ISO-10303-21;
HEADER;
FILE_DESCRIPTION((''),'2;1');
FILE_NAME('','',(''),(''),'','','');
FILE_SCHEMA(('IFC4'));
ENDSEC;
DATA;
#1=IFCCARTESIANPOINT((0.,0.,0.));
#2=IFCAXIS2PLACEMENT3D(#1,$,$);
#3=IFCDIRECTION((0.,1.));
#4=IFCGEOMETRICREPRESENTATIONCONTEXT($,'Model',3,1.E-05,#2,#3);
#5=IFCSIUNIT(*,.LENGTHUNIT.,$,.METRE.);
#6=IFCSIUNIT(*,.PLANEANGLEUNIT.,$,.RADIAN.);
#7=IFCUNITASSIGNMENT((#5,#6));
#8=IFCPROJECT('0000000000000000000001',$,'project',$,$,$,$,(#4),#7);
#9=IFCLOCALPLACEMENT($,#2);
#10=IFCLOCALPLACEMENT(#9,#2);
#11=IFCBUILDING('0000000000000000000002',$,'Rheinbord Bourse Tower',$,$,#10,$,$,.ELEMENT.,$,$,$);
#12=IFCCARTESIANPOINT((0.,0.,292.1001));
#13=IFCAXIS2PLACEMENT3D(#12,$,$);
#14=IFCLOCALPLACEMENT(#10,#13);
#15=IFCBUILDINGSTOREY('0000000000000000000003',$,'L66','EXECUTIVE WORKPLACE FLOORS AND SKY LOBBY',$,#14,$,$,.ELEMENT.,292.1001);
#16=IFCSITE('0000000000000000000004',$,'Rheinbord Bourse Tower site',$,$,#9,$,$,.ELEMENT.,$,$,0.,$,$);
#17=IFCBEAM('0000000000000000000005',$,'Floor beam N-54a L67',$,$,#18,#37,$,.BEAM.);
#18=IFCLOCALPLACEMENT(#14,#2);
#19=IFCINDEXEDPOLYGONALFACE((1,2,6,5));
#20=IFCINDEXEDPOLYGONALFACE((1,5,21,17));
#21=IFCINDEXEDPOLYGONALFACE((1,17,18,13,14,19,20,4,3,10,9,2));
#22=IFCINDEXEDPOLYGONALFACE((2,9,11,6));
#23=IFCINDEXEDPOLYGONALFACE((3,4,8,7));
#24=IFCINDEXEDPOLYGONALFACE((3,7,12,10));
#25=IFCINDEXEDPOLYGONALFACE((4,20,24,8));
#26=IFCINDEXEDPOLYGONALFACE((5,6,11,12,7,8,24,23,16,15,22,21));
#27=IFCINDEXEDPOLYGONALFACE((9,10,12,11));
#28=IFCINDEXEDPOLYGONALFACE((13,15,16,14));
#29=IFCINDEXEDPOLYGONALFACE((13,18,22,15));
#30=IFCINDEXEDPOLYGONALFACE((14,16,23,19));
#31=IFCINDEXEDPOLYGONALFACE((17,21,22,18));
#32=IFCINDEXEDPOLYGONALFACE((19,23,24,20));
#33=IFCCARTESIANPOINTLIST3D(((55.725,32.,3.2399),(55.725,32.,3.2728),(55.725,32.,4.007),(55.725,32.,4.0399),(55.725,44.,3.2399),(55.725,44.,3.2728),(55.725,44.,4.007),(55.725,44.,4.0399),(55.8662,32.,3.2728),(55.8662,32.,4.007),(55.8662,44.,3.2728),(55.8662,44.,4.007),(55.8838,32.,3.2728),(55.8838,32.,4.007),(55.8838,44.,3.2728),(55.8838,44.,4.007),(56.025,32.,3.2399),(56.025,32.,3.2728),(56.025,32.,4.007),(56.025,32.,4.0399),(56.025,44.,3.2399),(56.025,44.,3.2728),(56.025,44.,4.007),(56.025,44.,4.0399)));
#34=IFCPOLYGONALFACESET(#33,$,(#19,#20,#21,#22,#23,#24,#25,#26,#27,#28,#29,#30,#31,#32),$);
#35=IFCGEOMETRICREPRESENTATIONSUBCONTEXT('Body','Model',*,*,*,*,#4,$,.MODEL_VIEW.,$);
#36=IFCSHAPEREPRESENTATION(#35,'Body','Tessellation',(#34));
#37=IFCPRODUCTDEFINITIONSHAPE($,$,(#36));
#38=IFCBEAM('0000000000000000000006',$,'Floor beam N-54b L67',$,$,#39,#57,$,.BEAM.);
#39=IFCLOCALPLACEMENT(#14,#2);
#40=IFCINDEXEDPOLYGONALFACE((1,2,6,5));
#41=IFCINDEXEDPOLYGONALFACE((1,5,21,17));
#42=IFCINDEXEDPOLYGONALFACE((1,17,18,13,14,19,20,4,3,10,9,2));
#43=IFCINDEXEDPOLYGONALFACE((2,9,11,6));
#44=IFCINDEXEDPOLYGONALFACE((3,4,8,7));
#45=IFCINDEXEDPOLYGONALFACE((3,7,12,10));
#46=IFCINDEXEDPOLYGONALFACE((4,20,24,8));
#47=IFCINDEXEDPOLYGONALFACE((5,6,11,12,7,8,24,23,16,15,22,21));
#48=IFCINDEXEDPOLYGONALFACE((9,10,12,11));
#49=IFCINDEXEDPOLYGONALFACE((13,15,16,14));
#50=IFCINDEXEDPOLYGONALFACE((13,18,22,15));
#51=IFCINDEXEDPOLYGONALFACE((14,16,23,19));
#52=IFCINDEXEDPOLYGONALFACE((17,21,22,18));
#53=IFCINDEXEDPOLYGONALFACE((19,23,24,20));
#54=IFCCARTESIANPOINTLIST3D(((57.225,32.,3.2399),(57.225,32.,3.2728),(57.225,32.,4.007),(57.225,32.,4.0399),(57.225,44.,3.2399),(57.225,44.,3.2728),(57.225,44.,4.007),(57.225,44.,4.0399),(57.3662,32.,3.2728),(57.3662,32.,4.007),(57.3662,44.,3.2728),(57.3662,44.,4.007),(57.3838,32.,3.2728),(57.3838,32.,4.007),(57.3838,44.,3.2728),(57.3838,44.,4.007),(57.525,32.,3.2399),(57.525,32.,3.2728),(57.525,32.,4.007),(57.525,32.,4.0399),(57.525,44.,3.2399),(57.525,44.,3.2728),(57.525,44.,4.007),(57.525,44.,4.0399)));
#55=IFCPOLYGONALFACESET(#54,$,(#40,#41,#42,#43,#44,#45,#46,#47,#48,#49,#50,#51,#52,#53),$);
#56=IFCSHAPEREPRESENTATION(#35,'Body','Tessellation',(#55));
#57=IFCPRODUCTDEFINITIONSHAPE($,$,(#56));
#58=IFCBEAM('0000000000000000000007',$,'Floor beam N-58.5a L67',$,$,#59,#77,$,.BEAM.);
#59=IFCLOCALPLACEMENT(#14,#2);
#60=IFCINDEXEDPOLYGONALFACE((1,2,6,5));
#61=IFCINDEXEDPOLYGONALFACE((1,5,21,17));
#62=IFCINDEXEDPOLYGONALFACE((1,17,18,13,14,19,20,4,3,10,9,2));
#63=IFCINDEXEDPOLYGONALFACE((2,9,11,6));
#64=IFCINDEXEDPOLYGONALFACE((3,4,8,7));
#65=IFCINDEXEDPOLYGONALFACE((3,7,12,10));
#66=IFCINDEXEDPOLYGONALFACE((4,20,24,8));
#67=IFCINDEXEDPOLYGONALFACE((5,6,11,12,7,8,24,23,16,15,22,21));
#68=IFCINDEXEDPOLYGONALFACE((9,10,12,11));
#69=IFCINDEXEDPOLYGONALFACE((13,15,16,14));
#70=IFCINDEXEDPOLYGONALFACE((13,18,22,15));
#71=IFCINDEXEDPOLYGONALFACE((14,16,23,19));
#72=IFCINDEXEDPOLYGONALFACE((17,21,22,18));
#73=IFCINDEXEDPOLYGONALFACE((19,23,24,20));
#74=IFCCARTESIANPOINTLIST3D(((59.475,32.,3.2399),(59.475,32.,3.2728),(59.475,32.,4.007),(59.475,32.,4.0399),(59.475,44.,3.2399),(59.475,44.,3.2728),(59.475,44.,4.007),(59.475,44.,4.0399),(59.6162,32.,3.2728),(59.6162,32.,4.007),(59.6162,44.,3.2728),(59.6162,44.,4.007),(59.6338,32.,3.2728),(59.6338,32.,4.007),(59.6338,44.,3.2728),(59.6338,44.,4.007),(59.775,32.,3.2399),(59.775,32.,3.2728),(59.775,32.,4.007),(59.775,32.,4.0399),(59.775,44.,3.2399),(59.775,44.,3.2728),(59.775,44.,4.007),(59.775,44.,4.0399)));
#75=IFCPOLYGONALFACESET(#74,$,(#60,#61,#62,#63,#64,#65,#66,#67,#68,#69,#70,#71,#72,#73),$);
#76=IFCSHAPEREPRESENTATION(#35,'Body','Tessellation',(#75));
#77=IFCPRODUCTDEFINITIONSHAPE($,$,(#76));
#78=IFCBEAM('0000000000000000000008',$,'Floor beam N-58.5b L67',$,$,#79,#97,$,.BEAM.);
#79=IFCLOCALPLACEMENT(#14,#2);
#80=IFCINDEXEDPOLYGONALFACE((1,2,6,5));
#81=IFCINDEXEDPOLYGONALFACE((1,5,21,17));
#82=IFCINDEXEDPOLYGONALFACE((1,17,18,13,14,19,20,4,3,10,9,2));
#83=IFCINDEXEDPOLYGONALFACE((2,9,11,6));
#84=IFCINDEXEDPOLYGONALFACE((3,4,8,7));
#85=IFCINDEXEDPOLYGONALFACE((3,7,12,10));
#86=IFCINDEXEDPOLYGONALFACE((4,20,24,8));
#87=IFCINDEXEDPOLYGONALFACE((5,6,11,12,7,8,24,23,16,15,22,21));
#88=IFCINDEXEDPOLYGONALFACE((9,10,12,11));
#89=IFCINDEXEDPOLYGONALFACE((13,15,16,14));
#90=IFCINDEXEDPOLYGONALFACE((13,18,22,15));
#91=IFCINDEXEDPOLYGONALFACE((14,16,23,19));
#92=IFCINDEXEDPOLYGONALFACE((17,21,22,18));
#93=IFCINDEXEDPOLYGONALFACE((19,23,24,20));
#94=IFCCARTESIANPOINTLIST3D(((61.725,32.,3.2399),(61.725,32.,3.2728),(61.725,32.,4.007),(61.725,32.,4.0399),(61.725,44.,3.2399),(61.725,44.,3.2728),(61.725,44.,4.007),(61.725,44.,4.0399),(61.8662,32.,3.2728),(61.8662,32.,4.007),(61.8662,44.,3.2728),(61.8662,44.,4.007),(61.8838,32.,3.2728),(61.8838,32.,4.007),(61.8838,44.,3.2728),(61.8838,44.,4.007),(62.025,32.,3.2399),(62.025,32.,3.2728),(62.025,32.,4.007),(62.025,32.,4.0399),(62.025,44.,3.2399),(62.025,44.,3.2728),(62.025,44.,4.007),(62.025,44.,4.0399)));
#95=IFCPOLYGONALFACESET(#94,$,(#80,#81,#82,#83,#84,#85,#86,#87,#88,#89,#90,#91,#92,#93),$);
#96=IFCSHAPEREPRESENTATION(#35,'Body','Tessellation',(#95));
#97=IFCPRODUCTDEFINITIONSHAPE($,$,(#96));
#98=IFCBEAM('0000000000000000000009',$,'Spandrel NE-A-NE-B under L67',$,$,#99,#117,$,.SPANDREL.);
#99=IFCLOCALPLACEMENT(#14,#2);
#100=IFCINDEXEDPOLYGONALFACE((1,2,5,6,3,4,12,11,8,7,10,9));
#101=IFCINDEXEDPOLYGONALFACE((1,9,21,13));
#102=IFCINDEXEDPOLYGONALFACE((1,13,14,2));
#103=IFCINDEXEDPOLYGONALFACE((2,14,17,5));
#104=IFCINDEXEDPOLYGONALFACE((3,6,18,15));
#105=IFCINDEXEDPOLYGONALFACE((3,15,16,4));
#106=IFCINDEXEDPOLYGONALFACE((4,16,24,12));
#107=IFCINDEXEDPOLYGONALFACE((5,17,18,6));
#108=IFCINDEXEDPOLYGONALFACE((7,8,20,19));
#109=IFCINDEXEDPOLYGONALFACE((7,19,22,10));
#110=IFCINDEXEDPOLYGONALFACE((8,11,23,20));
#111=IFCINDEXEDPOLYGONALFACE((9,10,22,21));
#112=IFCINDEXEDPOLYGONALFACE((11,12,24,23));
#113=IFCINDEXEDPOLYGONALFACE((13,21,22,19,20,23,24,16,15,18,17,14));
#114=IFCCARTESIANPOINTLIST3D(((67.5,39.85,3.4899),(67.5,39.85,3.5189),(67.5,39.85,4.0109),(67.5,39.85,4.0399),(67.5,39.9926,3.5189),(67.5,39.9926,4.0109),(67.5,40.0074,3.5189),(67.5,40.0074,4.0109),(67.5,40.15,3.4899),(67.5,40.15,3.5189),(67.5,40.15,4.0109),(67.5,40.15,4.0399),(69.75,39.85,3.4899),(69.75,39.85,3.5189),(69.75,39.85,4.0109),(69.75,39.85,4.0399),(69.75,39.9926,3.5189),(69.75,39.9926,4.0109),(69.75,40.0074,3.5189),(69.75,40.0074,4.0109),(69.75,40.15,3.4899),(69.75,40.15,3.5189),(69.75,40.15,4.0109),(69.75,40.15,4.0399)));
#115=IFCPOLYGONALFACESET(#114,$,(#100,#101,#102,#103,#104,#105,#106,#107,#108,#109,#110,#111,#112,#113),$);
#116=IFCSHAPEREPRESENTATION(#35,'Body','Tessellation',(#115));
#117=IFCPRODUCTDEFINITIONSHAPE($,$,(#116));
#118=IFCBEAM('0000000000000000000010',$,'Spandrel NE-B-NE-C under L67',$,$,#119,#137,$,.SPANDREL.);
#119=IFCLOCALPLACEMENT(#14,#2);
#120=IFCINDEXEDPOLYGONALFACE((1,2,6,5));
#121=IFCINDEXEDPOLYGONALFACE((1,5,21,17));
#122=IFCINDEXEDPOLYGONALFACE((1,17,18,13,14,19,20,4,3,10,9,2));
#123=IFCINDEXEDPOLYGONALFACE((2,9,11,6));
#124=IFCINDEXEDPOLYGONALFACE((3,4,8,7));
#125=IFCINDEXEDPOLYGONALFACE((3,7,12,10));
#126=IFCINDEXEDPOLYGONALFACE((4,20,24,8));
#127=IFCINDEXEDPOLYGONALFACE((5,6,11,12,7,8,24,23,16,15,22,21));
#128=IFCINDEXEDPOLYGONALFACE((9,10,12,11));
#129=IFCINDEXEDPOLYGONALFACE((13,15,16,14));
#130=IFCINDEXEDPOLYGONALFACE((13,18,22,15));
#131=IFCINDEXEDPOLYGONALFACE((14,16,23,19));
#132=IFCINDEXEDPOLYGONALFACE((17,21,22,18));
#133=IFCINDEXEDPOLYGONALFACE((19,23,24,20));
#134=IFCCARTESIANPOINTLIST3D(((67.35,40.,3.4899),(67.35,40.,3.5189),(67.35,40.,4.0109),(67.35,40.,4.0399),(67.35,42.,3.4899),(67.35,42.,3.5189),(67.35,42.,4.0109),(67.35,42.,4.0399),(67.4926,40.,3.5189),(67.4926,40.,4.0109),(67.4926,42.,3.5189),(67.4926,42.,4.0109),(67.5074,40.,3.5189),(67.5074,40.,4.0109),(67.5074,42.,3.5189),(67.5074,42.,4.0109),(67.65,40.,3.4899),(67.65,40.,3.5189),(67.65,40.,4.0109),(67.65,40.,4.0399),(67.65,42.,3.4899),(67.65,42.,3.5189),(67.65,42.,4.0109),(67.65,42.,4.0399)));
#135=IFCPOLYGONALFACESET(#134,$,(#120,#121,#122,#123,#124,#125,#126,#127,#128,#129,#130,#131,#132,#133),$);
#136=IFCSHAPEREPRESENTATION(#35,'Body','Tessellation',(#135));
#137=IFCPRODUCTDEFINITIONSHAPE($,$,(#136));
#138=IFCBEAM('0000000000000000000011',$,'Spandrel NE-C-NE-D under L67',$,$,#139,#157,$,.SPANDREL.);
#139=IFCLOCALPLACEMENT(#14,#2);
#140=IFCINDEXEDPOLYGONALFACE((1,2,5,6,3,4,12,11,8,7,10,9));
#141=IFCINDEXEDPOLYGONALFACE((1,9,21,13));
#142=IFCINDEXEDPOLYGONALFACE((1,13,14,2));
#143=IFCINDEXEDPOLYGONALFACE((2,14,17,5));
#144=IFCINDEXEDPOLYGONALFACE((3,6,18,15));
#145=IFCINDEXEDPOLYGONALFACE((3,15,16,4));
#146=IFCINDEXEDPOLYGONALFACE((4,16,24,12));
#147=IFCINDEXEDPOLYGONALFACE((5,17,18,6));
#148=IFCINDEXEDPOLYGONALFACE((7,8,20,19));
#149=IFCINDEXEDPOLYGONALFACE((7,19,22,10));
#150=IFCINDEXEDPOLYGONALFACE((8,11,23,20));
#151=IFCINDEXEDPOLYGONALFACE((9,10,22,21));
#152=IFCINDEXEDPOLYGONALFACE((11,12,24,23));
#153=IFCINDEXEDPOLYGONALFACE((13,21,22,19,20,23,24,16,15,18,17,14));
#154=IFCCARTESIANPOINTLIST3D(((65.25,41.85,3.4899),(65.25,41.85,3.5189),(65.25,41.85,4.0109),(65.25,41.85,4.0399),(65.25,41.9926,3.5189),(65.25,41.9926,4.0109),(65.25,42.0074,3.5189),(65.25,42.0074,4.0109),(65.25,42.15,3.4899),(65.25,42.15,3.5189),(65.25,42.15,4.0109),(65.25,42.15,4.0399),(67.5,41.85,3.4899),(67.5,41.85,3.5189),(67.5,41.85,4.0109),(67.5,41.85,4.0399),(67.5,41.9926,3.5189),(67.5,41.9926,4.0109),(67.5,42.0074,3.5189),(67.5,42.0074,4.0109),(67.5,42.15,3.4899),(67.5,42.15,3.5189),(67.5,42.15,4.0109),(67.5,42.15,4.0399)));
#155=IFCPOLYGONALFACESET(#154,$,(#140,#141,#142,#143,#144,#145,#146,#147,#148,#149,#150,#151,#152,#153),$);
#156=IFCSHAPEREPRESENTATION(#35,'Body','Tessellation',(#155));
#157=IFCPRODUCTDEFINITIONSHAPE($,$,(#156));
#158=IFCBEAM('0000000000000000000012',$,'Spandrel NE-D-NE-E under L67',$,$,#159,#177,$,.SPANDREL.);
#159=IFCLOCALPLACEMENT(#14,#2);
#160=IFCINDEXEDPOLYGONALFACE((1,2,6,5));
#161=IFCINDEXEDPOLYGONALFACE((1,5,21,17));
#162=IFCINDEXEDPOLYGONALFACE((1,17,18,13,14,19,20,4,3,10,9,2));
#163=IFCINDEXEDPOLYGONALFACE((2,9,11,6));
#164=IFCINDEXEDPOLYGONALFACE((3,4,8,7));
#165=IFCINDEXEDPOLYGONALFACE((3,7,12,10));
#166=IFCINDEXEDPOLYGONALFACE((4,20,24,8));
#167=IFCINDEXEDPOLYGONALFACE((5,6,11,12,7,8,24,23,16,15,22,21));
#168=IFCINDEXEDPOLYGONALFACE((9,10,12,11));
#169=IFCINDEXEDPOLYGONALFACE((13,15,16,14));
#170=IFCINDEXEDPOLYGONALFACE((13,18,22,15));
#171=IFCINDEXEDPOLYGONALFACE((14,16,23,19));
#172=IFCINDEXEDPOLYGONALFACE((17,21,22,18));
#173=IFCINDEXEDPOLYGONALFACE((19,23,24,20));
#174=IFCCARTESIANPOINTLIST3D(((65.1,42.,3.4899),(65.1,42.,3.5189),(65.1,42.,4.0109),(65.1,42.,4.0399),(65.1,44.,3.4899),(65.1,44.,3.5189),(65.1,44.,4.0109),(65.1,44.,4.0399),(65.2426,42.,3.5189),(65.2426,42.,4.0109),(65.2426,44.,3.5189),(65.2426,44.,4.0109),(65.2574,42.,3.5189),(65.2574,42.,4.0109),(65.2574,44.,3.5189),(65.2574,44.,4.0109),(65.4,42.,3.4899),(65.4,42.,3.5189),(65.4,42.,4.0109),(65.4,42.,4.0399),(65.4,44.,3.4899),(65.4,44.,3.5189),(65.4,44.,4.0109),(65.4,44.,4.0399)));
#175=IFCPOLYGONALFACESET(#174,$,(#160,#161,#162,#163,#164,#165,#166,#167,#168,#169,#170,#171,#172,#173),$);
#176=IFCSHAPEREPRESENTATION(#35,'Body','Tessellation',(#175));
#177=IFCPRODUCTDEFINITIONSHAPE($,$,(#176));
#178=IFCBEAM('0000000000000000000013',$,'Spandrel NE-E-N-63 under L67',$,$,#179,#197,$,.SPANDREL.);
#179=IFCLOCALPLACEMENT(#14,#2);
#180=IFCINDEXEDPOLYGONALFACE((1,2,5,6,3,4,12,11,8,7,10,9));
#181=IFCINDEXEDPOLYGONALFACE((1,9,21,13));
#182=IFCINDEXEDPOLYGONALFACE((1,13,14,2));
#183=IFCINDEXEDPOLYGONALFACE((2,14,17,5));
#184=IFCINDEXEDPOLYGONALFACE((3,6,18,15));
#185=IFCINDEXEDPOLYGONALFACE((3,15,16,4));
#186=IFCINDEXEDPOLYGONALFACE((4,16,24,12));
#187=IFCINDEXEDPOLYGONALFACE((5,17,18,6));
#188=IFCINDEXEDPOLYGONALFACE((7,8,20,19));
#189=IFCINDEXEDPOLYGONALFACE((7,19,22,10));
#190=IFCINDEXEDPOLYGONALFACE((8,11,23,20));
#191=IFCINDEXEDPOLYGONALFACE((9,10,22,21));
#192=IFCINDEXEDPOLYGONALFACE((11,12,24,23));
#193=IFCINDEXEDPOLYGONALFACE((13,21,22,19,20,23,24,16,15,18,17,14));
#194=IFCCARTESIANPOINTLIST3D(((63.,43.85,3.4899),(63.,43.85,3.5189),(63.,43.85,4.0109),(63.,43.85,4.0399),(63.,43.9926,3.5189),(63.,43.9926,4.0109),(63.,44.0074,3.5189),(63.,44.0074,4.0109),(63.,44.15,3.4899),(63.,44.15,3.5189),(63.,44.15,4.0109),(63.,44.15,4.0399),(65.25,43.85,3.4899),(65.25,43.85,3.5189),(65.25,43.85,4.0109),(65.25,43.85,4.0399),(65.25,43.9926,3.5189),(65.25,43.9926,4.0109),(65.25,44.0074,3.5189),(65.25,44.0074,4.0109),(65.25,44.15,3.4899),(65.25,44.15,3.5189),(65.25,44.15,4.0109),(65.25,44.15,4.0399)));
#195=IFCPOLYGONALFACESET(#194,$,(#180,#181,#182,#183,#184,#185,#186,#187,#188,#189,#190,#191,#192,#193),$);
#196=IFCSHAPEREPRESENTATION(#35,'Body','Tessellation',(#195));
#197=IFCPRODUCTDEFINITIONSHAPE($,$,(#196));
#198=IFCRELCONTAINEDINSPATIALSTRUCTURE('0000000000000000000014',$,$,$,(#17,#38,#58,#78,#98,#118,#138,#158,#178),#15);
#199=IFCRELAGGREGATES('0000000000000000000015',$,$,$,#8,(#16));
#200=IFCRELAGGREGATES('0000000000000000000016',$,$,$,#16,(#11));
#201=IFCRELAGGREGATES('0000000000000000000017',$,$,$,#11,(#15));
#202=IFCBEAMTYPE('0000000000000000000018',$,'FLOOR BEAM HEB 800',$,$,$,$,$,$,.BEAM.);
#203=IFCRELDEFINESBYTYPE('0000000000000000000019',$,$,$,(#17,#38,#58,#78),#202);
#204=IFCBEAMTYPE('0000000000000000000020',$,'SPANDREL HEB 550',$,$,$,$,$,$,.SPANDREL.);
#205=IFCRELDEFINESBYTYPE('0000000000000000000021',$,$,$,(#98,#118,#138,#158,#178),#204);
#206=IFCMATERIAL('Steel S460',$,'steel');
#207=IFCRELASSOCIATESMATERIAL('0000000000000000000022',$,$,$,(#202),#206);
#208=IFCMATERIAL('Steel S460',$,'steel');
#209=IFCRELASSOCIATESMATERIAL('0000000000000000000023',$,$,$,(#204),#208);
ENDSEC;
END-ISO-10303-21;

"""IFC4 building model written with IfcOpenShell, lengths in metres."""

from ifc_helpers import new_model, si_unit, direction, frame, origin, origin_2d, place, context, subcontext, project, spatial, i_section, extrude, material, material_profile, profile_set, type_object, element, save


model = new_model("IFC4")

# Units and contexts
model_context = context("Model", 3, precision=1e-05, world=origin(), true_north=direction((0.0, 1.0)))
body_context = subcontext(model_context, "Body", "Model", "MODEL_VIEW")
ifc_project = project(units=[si_unit("LENGTHUNIT", "METRE"), si_unit("PLANEANGLEUNIT", "RADIAN")], contexts=[model_context])

# Site, building, storey
site_placement = place(None, origin())
site = spatial("IfcSite", under=ifc_project, at=site_placement, Name="Rheinbord Bourse Tower site", CompositionType="ELEMENT", RefElevation=0.0)
building_placement = place(site_placement, origin())
building = spatial("IfcBuilding", under=site, at=building_placement, Name="Rheinbord Bourse Tower", CompositionType="ELEMENT")
storey_placement = place(building_placement, frame((0.0, 0.0, 292.1001)))
storey = spatial("IfcBuildingStorey", under=building, at=storey_placement, Name="L66", Description="EXECUTIVE WORKPLACE FLOORS AND SKY LOBBY", CompositionType="ELEMENT", Elevation=292.1001)

# Beams
ifc_material_1 = material(Name="Steel S460", Category="steel")
ifc_material_profile_1 = material_profile(ifc_material_1, i_section(OverallWidth=0.3, OverallDepth=0.8, WebThickness=0.0176, FlangeThickness=0.033, at=origin_2d()), Name="HEB 800")
ifc_profile_set_1 = profile_set([ifc_material_profile_1], Name="Steel S460")
beam_type_1 = type_object("IfcBeamType", Name="FLOOR BEAM HEB 800", PredefinedType="BEAM", material=ifc_profile_set_1)
for number, where, z_axis, x_axis, name in (
    (1, (55.875, 44.0, 3.6399), (0.0, -1.0, 0.0), (1.0, 0.0, 0.0), "Floor beam N-54a L67"),
    (2, (57.375, 44.0, 3.6399), (0.0, -1.0, 0.0), (1.0, 0.0, 0.0), "Floor beam N-54b L67"),
    (3, (59.625, 44.0, 3.6399), (0.0, -1.0, 0.0), (1.0, 0.0, 0.0), "Floor beam N-58.5a L67"),
    (4, (61.875, 44.0, 3.6399), (0.0, -1.0, 0.0), (1.0, 0.0, 0.0), "Floor beam N-58.5b L67"),
):
    element("IfcBeam", number, at=place(storey_placement, frame(where, z_axis=z_axis, x_axis=x_axis)), inside=storey, type_object=beam_type_1, Name=name, PredefinedType="BEAM", context=body_context, shape_type="SweptSolid", body=[
        extrude(i_section(OverallWidth=0.3, OverallDepth=0.8, WebThickness=0.0176, FlangeThickness=0.033, at=origin_2d()), origin(), (0.0, 0.0, 1.0), 12.0),
    ])
ifc_material_2 = material(Name="Steel S460", Category="steel")
ifc_material_profile_2 = material_profile(ifc_material_2, i_section(OverallWidth=0.3, OverallDepth=0.55, WebThickness=0.0149, FlangeThickness=0.0291, at=origin_2d()), Name="HEB 550")
ifc_profile_set_2 = profile_set([ifc_material_profile_2], Name="Steel S460")
beam_type_2 = type_object("IfcBeamType", Name="SPANDREL HEB 550", PredefinedType="SPANDREL", material=ifc_profile_set_2)
beam_1_placement = place(storey_placement, frame((69.75, 40.0, 3.7649), z_axis=(-1.0, 0.0, 0.0), x_axis=(0.0, -1.0, 0.0)))
element("IfcBeam", 5, at=beam_1_placement, inside=storey, type_object=beam_type_2, Name="Spandrel NE-A-NE-B under L67", PredefinedType="SPANDREL", context=body_context, shape_type="SweptSolid", body=[
    extrude(i_section(OverallWidth=0.3, OverallDepth=0.55, WebThickness=0.0149, FlangeThickness=0.0291, at=origin_2d()), origin(), (0.0, 0.0, 1.0), 2.25),
])
beam_2_placement = place(storey_placement, frame((67.5, 40.0, 3.7649), z_axis=(0.0, 1.0, 0.0), x_axis=(-1.0, 0.0, 0.0)))
element("IfcBeam", 6, at=beam_2_placement, inside=storey, type_object=beam_type_2, Name="Spandrel NE-B-NE-C under L67", PredefinedType="SPANDREL", context=body_context, shape_type="SweptSolid", body=[
    extrude(i_section(OverallWidth=0.3, OverallDepth=0.55, WebThickness=0.0149, FlangeThickness=0.0291, at=origin_2d()), origin(), (0.0, 0.0, 1.0), 2.0),
])
beam_3_placement = place(storey_placement, frame((67.5, 42.0, 3.7649), z_axis=(-1.0, 0.0, 0.0), x_axis=(0.0, -1.0, 0.0)))
element("IfcBeam", 7, at=beam_3_placement, inside=storey, type_object=beam_type_2, Name="Spandrel NE-C-NE-D under L67", PredefinedType="SPANDREL", context=body_context, shape_type="SweptSolid", body=[
    extrude(i_section(OverallWidth=0.3, OverallDepth=0.55, WebThickness=0.0149, FlangeThickness=0.0291, at=origin_2d()), origin(), (0.0, 0.0, 1.0), 2.25),
])
beam_4_placement = place(storey_placement, frame((65.25, 42.0, 3.7649), z_axis=(0.0, 1.0, 0.0), x_axis=(-1.0, 0.0, 0.0)))
element("IfcBeam", 8, at=beam_4_placement, inside=storey, type_object=beam_type_2, Name="Spandrel NE-D-NE-E under L67", PredefinedType="SPANDREL", context=body_context, shape_type="SweptSolid", body=[
    extrude(i_section(OverallWidth=0.3, OverallDepth=0.55, WebThickness=0.0149, FlangeThickness=0.0291, at=origin_2d()), origin(), (0.0, 0.0, 1.0), 2.0),
])
beam_5_placement = place(storey_placement, frame((65.25, 44.0, 3.7649), z_axis=(-1.0, 0.0, 0.0), x_axis=(0.0, -1.0, 0.0)))
element("IfcBeam", 9, at=beam_5_placement, inside=storey, type_object=beam_type_2, Name="Spandrel NE-E-N-63 under L67", PredefinedType="SPANDREL", context=body_context, shape_type="SweptSolid", body=[
    extrude(i_section(OverallWidth=0.3, OverallDepth=0.55, WebThickness=0.0149, FlangeThickness=0.0291, at=origin_2d()), origin(), (0.0, 0.0, 1.0), 2.25),
])

save(model, "model.ifc")
